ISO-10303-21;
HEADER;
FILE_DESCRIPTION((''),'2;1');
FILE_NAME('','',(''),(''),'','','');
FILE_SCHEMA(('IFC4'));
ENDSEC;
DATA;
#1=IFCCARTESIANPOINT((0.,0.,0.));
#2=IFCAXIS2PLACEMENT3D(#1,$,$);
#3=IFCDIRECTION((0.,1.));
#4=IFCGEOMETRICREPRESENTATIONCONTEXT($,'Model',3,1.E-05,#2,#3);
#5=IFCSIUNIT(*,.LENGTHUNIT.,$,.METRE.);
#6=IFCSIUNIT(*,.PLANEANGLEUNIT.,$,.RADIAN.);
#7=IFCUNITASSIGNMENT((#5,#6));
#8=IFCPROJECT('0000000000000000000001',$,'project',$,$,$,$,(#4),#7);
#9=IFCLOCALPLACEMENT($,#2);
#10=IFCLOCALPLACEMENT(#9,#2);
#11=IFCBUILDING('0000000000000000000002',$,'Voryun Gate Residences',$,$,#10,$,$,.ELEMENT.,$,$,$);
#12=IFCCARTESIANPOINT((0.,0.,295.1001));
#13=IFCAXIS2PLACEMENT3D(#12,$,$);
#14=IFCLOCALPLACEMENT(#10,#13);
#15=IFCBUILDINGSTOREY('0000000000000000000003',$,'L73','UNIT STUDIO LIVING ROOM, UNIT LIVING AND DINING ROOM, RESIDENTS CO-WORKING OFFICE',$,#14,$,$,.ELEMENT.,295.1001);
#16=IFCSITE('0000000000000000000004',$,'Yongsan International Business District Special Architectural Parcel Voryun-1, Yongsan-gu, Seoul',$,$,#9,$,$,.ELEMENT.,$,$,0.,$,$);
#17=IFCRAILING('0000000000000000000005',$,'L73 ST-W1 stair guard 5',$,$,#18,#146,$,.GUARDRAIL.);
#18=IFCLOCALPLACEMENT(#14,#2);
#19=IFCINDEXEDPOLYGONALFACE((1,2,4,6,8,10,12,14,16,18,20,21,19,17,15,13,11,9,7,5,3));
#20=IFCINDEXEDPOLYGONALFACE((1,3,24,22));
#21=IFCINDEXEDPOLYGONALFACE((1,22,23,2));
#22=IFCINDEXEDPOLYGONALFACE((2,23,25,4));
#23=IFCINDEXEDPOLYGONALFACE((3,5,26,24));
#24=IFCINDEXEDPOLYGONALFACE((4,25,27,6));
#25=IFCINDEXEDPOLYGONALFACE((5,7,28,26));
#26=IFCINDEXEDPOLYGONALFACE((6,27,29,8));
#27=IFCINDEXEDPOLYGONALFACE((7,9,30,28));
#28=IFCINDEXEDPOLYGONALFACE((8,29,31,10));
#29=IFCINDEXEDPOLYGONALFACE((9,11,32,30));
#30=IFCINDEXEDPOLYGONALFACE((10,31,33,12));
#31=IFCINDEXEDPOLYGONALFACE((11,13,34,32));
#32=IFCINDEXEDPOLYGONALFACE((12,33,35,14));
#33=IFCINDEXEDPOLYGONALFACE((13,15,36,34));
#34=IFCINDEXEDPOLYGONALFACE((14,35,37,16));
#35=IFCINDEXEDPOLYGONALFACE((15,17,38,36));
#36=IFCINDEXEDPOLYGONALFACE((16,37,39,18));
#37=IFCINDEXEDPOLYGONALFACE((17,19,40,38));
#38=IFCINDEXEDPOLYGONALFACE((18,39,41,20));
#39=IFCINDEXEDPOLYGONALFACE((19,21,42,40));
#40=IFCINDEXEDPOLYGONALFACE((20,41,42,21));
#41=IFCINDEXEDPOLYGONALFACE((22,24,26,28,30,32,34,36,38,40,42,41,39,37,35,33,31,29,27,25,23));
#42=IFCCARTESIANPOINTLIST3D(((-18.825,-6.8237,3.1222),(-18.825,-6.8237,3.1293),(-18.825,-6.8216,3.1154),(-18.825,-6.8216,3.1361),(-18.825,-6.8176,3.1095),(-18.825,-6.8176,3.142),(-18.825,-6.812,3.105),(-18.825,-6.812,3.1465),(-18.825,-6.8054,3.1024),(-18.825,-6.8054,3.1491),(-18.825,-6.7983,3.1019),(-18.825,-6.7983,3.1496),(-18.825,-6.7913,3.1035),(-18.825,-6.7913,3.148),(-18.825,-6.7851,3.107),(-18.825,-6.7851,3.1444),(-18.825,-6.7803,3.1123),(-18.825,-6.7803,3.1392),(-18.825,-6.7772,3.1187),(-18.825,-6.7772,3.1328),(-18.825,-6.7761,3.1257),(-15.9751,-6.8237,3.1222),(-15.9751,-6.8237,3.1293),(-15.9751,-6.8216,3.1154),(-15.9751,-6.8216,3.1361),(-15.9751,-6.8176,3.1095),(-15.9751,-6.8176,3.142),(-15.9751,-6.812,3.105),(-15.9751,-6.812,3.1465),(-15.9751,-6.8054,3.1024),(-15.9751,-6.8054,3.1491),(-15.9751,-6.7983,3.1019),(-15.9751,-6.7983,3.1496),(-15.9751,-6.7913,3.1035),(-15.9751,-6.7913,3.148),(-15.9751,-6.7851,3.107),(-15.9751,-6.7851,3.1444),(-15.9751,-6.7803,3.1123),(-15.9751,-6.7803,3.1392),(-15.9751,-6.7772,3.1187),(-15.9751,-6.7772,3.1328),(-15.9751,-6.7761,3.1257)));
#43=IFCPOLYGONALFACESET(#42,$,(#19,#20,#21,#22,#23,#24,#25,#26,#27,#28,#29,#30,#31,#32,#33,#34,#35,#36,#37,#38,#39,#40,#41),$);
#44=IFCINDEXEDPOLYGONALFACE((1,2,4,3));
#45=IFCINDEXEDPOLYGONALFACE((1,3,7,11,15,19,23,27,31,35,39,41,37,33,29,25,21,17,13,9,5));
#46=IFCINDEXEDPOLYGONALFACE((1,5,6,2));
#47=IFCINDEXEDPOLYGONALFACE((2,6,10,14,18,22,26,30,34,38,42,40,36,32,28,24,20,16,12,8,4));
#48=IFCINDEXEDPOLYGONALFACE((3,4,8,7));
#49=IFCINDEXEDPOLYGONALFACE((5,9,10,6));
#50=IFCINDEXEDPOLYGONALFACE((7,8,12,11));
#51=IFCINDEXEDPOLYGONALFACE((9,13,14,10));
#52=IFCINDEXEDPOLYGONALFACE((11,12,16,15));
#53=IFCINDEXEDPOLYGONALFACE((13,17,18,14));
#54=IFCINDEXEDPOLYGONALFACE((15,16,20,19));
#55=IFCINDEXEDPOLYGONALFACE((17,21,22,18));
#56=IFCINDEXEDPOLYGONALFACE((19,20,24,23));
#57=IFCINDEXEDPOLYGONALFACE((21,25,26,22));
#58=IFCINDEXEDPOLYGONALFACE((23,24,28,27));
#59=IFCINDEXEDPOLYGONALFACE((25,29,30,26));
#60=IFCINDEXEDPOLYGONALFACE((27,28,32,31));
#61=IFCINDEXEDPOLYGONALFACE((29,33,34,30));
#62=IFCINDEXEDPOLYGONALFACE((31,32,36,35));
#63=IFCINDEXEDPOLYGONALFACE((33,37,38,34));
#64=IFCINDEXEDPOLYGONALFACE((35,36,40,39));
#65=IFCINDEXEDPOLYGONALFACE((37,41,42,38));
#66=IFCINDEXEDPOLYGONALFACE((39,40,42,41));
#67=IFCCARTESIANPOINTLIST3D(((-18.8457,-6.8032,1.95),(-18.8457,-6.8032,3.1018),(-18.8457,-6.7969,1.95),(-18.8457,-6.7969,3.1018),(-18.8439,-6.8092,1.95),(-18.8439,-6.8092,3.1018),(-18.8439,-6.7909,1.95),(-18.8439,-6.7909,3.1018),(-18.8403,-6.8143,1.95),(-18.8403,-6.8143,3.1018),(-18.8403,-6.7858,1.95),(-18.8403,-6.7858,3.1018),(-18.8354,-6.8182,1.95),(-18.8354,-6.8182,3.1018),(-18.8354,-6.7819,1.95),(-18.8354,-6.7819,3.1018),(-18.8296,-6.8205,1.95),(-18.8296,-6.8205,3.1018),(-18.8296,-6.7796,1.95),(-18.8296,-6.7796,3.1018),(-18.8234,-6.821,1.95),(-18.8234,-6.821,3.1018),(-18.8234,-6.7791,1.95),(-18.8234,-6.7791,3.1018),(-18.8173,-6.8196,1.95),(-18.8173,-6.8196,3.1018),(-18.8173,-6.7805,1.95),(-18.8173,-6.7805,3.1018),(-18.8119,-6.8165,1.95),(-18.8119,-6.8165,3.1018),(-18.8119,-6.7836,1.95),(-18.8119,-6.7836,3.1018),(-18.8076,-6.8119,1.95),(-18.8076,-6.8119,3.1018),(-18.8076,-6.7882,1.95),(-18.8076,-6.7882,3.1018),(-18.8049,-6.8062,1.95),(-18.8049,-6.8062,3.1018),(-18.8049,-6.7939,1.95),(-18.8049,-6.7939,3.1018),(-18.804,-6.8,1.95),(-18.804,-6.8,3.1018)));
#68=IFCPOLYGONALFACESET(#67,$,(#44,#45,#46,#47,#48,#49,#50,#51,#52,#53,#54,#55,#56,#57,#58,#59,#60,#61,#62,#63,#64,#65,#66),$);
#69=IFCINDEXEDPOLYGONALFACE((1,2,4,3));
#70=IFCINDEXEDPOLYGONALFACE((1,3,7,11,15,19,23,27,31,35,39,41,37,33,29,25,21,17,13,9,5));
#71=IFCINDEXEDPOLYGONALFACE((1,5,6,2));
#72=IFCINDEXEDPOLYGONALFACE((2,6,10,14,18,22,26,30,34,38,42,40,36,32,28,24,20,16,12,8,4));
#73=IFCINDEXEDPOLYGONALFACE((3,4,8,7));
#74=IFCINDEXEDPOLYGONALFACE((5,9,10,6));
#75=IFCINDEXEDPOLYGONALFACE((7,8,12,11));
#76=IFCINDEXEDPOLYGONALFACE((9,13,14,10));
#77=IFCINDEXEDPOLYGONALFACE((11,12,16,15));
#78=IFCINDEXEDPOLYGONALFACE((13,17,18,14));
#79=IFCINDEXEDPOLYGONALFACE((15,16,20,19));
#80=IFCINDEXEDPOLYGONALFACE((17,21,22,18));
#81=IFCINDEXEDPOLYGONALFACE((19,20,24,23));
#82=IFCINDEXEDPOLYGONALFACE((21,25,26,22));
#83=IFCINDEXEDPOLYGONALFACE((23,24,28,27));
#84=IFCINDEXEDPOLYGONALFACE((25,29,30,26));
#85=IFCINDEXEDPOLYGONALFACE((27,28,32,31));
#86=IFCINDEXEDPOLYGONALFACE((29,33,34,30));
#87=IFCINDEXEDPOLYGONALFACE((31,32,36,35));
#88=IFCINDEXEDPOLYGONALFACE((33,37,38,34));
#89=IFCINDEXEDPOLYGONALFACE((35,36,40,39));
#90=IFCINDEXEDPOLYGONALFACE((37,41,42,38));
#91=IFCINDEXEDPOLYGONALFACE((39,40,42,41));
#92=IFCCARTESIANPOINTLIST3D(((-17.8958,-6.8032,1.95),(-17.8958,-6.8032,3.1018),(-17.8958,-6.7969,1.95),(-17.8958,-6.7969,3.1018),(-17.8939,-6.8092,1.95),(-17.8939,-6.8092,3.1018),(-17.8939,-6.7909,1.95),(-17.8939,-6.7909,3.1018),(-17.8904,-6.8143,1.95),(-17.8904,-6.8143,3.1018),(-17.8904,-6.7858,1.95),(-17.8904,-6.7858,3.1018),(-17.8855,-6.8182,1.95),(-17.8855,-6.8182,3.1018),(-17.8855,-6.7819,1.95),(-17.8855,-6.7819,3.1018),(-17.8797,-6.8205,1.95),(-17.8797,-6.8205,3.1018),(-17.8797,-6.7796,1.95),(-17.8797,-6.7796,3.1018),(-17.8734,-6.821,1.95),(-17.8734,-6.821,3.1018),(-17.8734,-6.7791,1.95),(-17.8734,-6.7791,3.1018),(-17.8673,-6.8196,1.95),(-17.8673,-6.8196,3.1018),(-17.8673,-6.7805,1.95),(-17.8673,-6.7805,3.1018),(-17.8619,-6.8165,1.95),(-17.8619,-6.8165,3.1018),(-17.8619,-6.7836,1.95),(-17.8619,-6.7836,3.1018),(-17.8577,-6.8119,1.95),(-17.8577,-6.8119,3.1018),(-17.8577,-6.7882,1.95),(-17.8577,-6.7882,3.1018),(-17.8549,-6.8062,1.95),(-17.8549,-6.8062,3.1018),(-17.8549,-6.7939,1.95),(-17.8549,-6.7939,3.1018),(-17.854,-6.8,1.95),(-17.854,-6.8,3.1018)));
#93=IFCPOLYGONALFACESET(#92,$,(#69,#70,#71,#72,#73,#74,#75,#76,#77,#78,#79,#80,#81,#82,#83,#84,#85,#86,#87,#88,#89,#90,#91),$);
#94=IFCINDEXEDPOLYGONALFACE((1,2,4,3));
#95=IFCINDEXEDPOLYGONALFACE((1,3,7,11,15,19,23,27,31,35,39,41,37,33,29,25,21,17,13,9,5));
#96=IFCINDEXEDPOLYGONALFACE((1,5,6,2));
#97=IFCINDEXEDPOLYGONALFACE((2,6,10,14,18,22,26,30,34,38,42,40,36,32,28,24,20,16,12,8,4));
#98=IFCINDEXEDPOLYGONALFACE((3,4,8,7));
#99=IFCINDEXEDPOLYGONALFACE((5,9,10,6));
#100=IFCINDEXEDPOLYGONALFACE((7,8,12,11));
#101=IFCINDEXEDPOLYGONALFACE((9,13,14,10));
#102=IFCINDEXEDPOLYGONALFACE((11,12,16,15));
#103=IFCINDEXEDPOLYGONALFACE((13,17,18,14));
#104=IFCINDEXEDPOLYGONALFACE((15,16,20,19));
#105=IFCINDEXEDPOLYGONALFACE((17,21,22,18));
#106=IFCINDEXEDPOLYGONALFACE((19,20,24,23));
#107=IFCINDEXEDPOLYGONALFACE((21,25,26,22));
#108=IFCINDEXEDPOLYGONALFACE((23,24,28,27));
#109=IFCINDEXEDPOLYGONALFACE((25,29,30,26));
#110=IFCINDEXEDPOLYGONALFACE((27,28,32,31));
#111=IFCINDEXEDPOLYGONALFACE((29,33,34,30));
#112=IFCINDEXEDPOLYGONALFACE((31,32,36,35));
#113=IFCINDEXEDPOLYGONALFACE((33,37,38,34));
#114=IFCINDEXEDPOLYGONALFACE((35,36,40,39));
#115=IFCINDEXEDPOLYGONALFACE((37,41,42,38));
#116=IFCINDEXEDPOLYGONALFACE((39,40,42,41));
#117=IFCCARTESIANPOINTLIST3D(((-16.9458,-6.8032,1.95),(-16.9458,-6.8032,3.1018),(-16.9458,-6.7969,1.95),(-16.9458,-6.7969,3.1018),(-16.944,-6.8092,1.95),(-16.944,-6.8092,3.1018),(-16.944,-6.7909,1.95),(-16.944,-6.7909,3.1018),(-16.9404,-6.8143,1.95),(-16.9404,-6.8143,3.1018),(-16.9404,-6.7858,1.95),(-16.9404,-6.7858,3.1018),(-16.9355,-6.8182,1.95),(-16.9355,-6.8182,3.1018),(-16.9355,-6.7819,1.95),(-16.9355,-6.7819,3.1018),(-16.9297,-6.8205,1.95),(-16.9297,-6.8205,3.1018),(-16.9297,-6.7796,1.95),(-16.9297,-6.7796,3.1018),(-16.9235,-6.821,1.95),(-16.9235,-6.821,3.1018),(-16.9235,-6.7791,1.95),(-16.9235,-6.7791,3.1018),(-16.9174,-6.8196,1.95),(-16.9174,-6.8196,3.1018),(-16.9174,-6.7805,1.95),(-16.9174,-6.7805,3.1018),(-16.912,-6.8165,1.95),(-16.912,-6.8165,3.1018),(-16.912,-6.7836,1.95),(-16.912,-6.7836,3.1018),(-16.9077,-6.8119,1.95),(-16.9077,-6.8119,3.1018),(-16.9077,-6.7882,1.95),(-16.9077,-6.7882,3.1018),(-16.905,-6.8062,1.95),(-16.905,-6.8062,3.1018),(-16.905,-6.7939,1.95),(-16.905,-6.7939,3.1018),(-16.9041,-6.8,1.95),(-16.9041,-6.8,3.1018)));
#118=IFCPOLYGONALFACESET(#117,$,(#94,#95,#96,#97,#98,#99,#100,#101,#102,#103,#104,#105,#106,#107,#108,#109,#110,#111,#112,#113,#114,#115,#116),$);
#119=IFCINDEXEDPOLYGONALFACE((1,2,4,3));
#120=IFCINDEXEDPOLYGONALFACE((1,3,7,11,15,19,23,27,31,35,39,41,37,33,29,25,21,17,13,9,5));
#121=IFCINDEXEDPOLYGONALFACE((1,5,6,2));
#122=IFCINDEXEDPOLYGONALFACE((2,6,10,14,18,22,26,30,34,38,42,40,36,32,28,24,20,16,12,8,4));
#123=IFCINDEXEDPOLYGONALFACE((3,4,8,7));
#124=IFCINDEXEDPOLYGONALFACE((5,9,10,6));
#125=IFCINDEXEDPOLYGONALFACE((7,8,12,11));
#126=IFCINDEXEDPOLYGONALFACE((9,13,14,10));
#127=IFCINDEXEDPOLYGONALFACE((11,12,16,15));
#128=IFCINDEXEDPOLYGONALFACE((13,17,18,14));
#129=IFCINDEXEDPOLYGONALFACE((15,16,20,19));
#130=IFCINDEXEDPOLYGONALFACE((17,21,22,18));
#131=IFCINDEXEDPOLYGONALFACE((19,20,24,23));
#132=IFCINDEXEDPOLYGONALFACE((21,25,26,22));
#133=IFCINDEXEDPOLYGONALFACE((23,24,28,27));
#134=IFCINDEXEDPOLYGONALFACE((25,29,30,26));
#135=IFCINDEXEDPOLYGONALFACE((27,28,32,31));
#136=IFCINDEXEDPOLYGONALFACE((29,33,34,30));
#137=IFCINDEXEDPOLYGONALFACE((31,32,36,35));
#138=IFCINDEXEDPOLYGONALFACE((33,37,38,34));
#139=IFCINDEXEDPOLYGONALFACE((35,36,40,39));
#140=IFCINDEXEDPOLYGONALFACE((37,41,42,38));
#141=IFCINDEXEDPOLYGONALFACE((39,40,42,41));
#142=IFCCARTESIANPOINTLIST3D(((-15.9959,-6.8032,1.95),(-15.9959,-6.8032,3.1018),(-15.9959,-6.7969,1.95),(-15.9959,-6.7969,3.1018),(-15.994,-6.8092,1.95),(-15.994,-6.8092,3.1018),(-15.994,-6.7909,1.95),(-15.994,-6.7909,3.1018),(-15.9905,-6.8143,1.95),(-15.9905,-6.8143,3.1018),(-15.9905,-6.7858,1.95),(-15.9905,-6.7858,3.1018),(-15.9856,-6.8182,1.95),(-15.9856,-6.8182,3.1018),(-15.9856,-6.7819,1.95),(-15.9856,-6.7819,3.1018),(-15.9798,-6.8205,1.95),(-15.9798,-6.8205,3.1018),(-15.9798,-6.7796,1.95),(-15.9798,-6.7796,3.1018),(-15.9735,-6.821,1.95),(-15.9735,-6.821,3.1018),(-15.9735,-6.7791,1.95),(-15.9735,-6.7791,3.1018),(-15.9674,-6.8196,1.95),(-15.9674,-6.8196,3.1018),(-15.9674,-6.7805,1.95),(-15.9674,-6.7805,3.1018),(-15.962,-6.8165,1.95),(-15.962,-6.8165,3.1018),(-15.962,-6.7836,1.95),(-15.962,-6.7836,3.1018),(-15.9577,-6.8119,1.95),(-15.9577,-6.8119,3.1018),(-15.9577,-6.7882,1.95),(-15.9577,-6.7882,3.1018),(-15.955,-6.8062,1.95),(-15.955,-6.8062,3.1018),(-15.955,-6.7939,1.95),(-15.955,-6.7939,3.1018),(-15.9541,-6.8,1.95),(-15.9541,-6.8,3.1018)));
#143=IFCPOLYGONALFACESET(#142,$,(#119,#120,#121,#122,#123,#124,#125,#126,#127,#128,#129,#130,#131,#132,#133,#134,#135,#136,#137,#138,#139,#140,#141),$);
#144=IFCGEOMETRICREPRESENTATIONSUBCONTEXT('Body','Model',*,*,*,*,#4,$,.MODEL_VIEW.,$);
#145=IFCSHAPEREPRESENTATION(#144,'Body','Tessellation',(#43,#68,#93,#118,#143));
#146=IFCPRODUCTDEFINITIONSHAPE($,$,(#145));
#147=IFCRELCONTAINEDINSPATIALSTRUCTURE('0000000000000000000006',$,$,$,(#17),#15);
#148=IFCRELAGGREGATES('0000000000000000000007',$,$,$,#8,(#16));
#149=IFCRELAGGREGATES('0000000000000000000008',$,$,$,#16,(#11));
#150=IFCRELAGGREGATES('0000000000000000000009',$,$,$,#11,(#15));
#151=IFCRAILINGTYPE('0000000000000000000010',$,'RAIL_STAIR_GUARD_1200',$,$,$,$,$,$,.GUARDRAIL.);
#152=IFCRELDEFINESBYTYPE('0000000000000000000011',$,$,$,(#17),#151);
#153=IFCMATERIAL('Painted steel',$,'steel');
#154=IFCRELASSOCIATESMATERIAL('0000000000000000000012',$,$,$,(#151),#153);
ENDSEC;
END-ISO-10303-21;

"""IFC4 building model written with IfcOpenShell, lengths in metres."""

from ifc_helpers import new_model, si_unit, direction, frame, origin, origin_2d, place, context, subcontext, project, spatial, circle, extrude, material, type_object, element, save


model = new_model("IFC4")

# Units and contexts
model_context = context("Model", 3, precision=1e-05, world=origin(), true_north=direction((0.0, 1.0)))
body_context = subcontext(model_context, "Body", "Model", "MODEL_VIEW")
ifc_project = project(units=[si_unit("LENGTHUNIT", "METRE"), si_unit("PLANEANGLEUNIT", "RADIAN")], contexts=[model_context])

# Site, building, storey
site_placement = place(None, origin())
site = spatial("IfcSite", under=ifc_project, at=site_placement, Name="Yongsan International Business District Special Architectural Parcel Voryun-1, Yongsan-gu, Seoul", CompositionType="ELEMENT", RefElevation=0.0)
building_placement = place(site_placement, origin())
building = spatial("IfcBuilding", under=site, at=building_placement, Name="Voryun Gate Residences", CompositionType="ELEMENT")
storey_placement = place(building_placement, frame((0.0, 0.0, 295.1001)))
storey = spatial("IfcBuildingStorey", under=building, at=storey_placement, Name="L73", Description="UNIT STUDIO LIVING ROOM, UNIT LIVING AND DINING ROOM, RESIDENTS CO-WORKING OFFICE", CompositionType="ELEMENT", Elevation=295.1001)

# Railing
ifc_material_1 = material(Name="Painted steel", Category="steel")
railing_type_1 = type_object("IfcRailingType", Name="RAIL_STAIR_GUARD_1200", PredefinedType="GUARDRAIL", material=ifc_material_1)
railing_1_placement = place(storey_placement, frame((-18.825, -6.8, 1.95)))
element("IfcRailing", 1, at=railing_1_placement, inside=storey, type_object=railing_type_1, Name="L73 ST-W1 stair guard 5", PredefinedType="GUARDRAIL", context=body_context, shape_type="SweptSolid", body=[
    extrude(circle(Radius=0.0239, at=origin_2d()), frame((0.0, 0.0, 1.1758), z_axis=(1.0, 0.0, 0.0), x_axis=(0.0, 1.0, 0.0)), (0.0, 0.0, 1.0), 2.8499),
    extrude(circle(Radius=0.021, at=origin_2d()), origin(), (0.0, 0.0, 1.0), 1.1519),
    extrude(circle(Radius=0.021, at=origin_2d()), frame((0.95, 0.0, 0.0)), (0.0, 0.0, 1.0), 1.1519),
    extrude(circle(Radius=0.021, at=origin_2d()), frame((1.8999, 0.0, 0.0)), (0.0, 0.0, 1.0), 1.1519),
    extrude(circle(Radius=0.021, at=origin_2d()), frame((2.8499, 0.0, 0.0)), (0.0, 0.0, 1.0), 1.1519),
])

save(model, "model.ifc")
